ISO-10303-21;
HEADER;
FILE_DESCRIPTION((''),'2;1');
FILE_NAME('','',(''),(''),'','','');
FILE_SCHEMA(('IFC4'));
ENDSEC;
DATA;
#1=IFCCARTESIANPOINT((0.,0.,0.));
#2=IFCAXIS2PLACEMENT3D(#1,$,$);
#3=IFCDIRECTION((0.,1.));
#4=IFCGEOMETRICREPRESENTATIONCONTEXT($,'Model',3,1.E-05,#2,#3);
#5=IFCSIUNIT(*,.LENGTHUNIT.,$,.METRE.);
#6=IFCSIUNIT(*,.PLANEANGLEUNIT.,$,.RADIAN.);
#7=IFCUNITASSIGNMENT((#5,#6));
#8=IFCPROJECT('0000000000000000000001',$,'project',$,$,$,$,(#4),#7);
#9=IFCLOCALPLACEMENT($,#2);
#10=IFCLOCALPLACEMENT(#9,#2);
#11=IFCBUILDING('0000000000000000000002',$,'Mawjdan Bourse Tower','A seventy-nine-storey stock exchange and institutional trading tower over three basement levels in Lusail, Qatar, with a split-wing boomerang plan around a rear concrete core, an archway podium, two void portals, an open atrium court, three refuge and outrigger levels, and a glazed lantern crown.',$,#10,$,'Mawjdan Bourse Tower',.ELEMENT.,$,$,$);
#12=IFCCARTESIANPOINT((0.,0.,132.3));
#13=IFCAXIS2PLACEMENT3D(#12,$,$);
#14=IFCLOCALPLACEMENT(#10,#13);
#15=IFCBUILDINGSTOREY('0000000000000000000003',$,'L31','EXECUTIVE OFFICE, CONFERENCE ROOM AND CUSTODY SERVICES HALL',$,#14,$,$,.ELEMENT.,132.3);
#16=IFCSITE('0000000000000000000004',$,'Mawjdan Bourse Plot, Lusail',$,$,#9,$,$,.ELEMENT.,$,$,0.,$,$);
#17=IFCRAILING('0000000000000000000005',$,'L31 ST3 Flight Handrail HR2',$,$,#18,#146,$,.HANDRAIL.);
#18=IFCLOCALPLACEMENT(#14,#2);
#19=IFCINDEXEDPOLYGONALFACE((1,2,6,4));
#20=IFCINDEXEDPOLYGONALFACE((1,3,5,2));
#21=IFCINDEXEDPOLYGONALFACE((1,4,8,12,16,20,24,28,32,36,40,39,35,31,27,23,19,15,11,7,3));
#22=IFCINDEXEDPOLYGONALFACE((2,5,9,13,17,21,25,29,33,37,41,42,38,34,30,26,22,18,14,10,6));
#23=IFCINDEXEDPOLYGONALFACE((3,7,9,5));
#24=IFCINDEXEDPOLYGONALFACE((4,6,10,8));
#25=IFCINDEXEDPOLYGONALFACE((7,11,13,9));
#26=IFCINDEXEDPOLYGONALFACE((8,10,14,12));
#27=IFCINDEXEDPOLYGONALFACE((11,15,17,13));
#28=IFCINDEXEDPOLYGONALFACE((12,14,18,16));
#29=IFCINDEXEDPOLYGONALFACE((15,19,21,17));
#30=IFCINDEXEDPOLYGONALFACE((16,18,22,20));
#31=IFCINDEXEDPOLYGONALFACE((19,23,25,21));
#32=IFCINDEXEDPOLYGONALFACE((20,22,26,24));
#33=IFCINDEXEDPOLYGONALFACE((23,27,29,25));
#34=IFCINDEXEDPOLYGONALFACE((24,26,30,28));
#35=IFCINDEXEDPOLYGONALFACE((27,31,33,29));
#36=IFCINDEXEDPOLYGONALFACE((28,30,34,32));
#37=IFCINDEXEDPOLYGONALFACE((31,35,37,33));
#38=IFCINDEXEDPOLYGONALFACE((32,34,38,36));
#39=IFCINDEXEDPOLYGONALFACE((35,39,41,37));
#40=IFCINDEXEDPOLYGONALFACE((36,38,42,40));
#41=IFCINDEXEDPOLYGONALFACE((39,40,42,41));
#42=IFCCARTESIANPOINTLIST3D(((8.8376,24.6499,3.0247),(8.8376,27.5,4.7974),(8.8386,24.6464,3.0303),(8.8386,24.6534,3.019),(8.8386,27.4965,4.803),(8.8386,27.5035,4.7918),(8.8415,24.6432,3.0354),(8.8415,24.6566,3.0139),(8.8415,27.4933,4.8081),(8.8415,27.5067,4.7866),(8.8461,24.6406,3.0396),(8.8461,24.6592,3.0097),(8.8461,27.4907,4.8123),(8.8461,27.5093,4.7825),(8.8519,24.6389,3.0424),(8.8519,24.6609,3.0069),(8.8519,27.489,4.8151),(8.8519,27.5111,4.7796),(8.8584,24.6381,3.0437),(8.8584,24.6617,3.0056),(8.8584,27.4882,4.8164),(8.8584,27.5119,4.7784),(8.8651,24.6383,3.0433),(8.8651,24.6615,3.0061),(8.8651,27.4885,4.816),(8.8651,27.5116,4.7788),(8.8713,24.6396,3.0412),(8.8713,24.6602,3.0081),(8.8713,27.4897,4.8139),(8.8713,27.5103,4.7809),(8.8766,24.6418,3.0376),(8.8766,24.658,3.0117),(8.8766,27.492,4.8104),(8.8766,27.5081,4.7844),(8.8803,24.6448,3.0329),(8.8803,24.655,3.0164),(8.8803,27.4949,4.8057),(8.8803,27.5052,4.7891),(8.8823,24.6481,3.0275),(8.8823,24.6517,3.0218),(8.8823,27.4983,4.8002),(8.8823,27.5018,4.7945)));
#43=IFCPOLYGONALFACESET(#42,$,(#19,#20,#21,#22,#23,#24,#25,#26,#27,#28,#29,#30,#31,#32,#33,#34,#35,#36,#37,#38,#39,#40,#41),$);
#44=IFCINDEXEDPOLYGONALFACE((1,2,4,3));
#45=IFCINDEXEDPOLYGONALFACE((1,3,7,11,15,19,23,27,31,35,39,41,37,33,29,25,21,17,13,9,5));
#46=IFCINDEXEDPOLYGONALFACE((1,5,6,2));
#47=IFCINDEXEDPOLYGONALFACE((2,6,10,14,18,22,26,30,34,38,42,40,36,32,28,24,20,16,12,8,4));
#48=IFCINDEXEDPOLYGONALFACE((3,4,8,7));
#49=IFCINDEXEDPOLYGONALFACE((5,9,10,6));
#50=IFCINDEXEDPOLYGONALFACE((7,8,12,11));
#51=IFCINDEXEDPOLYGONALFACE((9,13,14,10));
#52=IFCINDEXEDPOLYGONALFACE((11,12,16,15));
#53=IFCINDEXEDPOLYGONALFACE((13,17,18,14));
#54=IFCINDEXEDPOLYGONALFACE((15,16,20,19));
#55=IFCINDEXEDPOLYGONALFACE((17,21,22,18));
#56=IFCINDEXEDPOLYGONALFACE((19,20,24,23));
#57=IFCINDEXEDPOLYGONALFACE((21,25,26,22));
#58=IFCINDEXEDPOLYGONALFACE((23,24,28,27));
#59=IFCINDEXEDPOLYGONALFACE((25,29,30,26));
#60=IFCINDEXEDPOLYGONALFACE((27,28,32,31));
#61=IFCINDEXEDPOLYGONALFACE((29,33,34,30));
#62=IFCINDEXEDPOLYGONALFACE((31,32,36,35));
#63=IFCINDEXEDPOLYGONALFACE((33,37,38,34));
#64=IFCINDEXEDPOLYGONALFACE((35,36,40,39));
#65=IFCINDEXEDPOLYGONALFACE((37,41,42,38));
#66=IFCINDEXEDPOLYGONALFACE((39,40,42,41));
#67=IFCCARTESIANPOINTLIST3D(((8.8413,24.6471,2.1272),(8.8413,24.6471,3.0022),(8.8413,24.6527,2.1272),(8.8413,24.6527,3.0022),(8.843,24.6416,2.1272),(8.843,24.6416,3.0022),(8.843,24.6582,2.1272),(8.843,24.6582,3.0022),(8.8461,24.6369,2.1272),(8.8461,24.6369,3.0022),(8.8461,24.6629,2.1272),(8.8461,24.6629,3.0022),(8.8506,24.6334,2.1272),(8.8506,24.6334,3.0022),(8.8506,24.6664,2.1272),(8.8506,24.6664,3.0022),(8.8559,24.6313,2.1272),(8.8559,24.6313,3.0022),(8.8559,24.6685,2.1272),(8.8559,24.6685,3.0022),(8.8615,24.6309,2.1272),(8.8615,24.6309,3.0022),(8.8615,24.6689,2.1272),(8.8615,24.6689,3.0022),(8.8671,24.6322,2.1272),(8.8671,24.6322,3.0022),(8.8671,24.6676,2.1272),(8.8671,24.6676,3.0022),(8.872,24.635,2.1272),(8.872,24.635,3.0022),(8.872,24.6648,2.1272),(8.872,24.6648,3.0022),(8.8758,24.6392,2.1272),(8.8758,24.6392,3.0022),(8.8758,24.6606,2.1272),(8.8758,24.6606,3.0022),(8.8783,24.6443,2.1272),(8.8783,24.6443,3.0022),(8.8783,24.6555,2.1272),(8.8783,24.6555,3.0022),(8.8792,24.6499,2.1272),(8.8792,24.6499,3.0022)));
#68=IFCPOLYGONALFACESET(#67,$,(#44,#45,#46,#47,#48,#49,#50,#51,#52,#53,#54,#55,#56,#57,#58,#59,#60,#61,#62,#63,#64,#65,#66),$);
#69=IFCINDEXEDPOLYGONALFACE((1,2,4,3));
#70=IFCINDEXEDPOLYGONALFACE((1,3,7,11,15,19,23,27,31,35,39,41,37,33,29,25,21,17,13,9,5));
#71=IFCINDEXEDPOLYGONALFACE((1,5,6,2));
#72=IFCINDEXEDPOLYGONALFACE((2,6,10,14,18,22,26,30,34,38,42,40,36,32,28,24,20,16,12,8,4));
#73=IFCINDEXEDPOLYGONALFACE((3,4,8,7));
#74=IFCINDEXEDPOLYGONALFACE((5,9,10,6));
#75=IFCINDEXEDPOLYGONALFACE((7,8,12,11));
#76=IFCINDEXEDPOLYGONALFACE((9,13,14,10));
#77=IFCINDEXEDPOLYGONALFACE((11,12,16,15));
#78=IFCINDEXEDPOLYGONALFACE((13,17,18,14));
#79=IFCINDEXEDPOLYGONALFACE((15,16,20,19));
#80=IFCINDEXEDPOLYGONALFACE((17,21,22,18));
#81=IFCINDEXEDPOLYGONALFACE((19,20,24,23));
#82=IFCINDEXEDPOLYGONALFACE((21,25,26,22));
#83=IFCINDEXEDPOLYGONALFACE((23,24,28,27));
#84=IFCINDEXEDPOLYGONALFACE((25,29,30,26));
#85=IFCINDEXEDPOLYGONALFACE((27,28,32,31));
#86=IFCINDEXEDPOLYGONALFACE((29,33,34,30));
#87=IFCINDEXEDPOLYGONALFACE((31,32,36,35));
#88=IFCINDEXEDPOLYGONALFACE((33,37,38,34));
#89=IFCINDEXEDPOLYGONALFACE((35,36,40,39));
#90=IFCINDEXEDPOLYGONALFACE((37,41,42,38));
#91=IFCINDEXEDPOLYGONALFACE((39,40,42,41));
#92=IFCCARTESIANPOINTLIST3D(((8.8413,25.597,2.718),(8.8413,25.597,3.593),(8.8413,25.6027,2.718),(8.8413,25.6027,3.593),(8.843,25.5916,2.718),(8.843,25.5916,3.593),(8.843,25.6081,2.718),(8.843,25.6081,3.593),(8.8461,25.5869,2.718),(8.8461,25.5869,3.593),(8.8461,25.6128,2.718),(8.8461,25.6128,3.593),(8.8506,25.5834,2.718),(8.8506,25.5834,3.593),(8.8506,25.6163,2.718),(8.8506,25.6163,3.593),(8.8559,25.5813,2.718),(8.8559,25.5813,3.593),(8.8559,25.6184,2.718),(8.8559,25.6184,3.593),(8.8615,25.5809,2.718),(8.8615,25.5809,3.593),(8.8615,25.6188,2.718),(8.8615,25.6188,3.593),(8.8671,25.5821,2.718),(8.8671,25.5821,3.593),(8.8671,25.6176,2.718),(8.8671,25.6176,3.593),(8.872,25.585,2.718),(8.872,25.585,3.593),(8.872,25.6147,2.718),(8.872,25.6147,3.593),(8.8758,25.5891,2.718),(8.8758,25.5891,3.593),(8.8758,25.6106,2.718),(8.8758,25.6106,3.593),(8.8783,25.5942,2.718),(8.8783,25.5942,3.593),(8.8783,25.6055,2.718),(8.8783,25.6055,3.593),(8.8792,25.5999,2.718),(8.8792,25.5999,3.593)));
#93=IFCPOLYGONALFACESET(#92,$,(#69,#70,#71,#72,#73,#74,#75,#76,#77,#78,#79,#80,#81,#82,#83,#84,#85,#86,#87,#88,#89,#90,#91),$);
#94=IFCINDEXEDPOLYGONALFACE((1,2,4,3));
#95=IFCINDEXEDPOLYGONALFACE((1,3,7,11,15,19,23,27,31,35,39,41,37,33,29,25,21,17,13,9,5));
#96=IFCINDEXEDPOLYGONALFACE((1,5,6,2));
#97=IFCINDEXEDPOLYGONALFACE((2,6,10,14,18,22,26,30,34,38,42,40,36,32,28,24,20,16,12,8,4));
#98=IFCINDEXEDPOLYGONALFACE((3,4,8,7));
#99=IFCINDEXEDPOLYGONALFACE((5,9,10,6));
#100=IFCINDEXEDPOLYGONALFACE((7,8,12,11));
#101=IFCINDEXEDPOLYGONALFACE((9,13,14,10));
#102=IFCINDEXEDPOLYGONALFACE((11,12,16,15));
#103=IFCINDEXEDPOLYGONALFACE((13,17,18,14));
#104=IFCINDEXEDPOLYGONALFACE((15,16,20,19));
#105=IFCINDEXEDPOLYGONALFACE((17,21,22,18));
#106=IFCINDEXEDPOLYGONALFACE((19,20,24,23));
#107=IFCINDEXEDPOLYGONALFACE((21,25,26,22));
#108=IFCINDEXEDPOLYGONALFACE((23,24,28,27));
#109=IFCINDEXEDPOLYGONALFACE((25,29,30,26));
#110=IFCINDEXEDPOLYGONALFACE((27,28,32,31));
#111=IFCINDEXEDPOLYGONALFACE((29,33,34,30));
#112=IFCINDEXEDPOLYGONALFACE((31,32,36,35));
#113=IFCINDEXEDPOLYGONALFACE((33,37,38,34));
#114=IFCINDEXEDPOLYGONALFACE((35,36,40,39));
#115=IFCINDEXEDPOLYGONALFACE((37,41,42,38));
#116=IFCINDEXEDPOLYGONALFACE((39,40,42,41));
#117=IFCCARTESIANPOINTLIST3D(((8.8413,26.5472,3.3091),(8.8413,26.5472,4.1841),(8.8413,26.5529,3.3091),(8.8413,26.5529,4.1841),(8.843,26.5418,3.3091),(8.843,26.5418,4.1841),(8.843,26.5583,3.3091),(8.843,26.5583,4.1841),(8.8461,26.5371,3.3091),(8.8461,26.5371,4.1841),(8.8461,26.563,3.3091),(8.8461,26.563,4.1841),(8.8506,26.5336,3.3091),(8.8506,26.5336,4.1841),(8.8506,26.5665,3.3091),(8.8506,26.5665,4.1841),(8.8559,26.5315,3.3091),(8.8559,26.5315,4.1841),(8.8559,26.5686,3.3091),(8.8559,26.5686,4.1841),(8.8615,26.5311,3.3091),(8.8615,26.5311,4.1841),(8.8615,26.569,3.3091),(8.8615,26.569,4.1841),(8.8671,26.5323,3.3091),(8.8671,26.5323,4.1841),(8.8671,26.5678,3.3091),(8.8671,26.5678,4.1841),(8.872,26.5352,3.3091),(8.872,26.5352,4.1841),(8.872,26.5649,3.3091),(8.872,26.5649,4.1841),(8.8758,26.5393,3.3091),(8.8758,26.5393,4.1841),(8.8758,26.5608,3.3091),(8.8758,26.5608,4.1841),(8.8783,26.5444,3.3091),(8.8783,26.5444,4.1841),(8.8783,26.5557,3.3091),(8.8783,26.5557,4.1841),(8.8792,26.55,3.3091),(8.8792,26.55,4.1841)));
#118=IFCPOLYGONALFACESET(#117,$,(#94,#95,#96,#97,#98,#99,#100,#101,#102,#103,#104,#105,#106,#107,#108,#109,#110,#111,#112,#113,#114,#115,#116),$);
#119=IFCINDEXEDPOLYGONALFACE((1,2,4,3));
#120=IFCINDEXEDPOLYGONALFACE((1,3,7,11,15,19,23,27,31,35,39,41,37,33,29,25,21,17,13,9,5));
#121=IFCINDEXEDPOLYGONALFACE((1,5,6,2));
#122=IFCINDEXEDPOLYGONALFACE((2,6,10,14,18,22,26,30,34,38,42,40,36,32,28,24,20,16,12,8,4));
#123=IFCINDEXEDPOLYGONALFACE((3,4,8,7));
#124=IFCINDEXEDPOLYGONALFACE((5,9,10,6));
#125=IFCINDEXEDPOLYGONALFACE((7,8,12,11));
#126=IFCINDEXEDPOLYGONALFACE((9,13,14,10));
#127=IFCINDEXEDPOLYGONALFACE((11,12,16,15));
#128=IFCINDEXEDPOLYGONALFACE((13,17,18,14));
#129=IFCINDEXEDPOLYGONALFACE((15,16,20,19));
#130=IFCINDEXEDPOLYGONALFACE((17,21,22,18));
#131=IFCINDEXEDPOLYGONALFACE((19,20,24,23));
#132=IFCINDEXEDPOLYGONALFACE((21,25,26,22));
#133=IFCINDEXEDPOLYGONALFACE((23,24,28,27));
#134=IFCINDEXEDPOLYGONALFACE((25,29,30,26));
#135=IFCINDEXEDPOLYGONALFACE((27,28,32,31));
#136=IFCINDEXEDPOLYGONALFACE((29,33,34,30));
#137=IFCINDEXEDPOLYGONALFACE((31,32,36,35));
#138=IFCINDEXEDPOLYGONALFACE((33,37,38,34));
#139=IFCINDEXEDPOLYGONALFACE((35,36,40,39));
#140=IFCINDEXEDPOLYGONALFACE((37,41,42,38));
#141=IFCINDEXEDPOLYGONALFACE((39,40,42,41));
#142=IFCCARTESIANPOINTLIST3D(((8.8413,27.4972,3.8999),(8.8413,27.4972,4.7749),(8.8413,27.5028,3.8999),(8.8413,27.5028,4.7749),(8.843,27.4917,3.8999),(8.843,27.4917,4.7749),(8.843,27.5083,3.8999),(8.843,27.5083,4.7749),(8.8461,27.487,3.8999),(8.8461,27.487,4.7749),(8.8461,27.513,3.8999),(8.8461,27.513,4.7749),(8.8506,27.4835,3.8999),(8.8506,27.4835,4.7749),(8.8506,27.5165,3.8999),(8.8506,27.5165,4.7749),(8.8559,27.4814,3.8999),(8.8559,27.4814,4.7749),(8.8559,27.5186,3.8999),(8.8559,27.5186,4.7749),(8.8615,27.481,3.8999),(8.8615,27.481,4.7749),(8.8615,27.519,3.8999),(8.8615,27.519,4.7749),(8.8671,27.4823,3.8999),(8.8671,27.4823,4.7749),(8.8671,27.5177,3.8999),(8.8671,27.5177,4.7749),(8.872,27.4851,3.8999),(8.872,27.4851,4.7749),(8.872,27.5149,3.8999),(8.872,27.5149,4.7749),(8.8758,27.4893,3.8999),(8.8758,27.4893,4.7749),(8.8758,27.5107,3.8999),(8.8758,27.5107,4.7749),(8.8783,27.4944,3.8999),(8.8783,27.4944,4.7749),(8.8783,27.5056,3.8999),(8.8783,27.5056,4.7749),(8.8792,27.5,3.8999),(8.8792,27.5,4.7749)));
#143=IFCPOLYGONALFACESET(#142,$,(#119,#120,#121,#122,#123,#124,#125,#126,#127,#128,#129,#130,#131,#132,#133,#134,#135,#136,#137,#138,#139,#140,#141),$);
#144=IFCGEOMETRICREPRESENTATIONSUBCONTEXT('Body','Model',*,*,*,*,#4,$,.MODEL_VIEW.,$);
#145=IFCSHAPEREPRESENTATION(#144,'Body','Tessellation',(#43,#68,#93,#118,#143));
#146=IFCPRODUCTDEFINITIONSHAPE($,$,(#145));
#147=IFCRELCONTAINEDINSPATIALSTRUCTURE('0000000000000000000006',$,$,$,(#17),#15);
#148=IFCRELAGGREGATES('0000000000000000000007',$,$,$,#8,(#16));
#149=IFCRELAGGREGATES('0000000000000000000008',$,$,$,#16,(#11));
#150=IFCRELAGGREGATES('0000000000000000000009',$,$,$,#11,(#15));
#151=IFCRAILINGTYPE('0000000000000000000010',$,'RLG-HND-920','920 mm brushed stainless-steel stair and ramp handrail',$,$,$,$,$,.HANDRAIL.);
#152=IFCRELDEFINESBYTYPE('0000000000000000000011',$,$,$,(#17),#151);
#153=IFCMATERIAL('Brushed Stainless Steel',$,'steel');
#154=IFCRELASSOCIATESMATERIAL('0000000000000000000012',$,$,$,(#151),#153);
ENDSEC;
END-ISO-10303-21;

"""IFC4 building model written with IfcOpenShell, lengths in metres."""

from ifc_helpers import new_model, si_unit, direction, frame, origin, origin_2d, place, context, subcontext, project, spatial, circle, extrude, material, type_object, element, save


model = new_model("IFC4")

# Units and contexts
model_context = context("Model", 3, precision=1e-05, world=origin(), true_north=direction((0.0, 1.0)))
body_context = subcontext(model_context, "Body", "Model", "MODEL_VIEW")
ifc_project = project(units=[si_unit("LENGTHUNIT", "METRE"), si_unit("PLANEANGLEUNIT", "RADIAN")], contexts=[model_context])

# Site, building, storey
site_placement = place(None, origin())
site = spatial("IfcSite", under=ifc_project, at=site_placement, Name="Mawjdan Bourse Plot, Lusail", CompositionType="ELEMENT", RefElevation=0.0)
building_placement = place(site_placement, origin())
building = spatial("IfcBuilding", under=site, at=building_placement, Name="Mawjdan Bourse Tower", Description="A seventy-nine-storey stock exchange and institutional trading tower over three basement levels in Lusail, Qatar, with a split-wing boomerang plan around a rear concrete core, an archway podium, two void portals, an open atrium court, three refuge and outrigger levels, and a glazed lantern crown.", LongName="Mawjdan Bourse Tower", CompositionType="ELEMENT")
storey_placement = place(building_placement, frame((0.0, 0.0, 132.3)))
storey = spatial("IfcBuildingStorey", under=building, at=storey_placement, Name="L31", Description="EXECUTIVE OFFICE, CONFERENCE ROOM AND CUSTODY SERVICES HALL", CompositionType="ELEMENT", Elevation=132.3)

# Railing
ifc_material_1 = material(Name="Brushed Stainless Steel", Category="steel")
railing_type_1 = type_object("IfcRailingType", Name="RLG-HND-920", Description="920 mm brushed stainless-steel stair and ramp handrail", PredefinedType="HANDRAIL", material=ifc_material_1)
railing_placement = place(storey_placement, frame((8.8601, 24.6499, 2.1272)))
element("IfcRailing", 1, at=railing_placement, inside=storey, type_object=railing_type_1, Name="L31 ST3 Flight Handrail HR2", PredefinedType="HANDRAIL", context=body_context, shape_type="SweptSolid", body=[
    extrude(circle(Radius=0.0225, at=origin_2d()), frame((0.0, 0.0, 0.8975), z_axis=(0.0, 0.849149, 0.528154), x_axis=(-1.0, 0.0, 0.0)), (0.0, 0.0, 1.0), 3.3564),
    extrude(circle(Radius=0.019, at=origin_2d()), origin(), (0.0, 0.0, 1.0), 0.875),
    extrude(circle(Radius=0.019, at=origin_2d()), frame((0.0, 0.95, 0.5908)), (0.0, 0.0, 1.0), 0.875),
    extrude(circle(Radius=0.019, at=origin_2d()), frame((0.0, 1.9001, 1.1819)), (0.0, 0.0, 1.0), 0.875),
    extrude(circle(Radius=0.019, at=origin_2d()), frame((0.0, 2.8501, 1.7727)), (0.0, 0.0, 1.0), 0.875),
])

save(model, "model.ifc")
